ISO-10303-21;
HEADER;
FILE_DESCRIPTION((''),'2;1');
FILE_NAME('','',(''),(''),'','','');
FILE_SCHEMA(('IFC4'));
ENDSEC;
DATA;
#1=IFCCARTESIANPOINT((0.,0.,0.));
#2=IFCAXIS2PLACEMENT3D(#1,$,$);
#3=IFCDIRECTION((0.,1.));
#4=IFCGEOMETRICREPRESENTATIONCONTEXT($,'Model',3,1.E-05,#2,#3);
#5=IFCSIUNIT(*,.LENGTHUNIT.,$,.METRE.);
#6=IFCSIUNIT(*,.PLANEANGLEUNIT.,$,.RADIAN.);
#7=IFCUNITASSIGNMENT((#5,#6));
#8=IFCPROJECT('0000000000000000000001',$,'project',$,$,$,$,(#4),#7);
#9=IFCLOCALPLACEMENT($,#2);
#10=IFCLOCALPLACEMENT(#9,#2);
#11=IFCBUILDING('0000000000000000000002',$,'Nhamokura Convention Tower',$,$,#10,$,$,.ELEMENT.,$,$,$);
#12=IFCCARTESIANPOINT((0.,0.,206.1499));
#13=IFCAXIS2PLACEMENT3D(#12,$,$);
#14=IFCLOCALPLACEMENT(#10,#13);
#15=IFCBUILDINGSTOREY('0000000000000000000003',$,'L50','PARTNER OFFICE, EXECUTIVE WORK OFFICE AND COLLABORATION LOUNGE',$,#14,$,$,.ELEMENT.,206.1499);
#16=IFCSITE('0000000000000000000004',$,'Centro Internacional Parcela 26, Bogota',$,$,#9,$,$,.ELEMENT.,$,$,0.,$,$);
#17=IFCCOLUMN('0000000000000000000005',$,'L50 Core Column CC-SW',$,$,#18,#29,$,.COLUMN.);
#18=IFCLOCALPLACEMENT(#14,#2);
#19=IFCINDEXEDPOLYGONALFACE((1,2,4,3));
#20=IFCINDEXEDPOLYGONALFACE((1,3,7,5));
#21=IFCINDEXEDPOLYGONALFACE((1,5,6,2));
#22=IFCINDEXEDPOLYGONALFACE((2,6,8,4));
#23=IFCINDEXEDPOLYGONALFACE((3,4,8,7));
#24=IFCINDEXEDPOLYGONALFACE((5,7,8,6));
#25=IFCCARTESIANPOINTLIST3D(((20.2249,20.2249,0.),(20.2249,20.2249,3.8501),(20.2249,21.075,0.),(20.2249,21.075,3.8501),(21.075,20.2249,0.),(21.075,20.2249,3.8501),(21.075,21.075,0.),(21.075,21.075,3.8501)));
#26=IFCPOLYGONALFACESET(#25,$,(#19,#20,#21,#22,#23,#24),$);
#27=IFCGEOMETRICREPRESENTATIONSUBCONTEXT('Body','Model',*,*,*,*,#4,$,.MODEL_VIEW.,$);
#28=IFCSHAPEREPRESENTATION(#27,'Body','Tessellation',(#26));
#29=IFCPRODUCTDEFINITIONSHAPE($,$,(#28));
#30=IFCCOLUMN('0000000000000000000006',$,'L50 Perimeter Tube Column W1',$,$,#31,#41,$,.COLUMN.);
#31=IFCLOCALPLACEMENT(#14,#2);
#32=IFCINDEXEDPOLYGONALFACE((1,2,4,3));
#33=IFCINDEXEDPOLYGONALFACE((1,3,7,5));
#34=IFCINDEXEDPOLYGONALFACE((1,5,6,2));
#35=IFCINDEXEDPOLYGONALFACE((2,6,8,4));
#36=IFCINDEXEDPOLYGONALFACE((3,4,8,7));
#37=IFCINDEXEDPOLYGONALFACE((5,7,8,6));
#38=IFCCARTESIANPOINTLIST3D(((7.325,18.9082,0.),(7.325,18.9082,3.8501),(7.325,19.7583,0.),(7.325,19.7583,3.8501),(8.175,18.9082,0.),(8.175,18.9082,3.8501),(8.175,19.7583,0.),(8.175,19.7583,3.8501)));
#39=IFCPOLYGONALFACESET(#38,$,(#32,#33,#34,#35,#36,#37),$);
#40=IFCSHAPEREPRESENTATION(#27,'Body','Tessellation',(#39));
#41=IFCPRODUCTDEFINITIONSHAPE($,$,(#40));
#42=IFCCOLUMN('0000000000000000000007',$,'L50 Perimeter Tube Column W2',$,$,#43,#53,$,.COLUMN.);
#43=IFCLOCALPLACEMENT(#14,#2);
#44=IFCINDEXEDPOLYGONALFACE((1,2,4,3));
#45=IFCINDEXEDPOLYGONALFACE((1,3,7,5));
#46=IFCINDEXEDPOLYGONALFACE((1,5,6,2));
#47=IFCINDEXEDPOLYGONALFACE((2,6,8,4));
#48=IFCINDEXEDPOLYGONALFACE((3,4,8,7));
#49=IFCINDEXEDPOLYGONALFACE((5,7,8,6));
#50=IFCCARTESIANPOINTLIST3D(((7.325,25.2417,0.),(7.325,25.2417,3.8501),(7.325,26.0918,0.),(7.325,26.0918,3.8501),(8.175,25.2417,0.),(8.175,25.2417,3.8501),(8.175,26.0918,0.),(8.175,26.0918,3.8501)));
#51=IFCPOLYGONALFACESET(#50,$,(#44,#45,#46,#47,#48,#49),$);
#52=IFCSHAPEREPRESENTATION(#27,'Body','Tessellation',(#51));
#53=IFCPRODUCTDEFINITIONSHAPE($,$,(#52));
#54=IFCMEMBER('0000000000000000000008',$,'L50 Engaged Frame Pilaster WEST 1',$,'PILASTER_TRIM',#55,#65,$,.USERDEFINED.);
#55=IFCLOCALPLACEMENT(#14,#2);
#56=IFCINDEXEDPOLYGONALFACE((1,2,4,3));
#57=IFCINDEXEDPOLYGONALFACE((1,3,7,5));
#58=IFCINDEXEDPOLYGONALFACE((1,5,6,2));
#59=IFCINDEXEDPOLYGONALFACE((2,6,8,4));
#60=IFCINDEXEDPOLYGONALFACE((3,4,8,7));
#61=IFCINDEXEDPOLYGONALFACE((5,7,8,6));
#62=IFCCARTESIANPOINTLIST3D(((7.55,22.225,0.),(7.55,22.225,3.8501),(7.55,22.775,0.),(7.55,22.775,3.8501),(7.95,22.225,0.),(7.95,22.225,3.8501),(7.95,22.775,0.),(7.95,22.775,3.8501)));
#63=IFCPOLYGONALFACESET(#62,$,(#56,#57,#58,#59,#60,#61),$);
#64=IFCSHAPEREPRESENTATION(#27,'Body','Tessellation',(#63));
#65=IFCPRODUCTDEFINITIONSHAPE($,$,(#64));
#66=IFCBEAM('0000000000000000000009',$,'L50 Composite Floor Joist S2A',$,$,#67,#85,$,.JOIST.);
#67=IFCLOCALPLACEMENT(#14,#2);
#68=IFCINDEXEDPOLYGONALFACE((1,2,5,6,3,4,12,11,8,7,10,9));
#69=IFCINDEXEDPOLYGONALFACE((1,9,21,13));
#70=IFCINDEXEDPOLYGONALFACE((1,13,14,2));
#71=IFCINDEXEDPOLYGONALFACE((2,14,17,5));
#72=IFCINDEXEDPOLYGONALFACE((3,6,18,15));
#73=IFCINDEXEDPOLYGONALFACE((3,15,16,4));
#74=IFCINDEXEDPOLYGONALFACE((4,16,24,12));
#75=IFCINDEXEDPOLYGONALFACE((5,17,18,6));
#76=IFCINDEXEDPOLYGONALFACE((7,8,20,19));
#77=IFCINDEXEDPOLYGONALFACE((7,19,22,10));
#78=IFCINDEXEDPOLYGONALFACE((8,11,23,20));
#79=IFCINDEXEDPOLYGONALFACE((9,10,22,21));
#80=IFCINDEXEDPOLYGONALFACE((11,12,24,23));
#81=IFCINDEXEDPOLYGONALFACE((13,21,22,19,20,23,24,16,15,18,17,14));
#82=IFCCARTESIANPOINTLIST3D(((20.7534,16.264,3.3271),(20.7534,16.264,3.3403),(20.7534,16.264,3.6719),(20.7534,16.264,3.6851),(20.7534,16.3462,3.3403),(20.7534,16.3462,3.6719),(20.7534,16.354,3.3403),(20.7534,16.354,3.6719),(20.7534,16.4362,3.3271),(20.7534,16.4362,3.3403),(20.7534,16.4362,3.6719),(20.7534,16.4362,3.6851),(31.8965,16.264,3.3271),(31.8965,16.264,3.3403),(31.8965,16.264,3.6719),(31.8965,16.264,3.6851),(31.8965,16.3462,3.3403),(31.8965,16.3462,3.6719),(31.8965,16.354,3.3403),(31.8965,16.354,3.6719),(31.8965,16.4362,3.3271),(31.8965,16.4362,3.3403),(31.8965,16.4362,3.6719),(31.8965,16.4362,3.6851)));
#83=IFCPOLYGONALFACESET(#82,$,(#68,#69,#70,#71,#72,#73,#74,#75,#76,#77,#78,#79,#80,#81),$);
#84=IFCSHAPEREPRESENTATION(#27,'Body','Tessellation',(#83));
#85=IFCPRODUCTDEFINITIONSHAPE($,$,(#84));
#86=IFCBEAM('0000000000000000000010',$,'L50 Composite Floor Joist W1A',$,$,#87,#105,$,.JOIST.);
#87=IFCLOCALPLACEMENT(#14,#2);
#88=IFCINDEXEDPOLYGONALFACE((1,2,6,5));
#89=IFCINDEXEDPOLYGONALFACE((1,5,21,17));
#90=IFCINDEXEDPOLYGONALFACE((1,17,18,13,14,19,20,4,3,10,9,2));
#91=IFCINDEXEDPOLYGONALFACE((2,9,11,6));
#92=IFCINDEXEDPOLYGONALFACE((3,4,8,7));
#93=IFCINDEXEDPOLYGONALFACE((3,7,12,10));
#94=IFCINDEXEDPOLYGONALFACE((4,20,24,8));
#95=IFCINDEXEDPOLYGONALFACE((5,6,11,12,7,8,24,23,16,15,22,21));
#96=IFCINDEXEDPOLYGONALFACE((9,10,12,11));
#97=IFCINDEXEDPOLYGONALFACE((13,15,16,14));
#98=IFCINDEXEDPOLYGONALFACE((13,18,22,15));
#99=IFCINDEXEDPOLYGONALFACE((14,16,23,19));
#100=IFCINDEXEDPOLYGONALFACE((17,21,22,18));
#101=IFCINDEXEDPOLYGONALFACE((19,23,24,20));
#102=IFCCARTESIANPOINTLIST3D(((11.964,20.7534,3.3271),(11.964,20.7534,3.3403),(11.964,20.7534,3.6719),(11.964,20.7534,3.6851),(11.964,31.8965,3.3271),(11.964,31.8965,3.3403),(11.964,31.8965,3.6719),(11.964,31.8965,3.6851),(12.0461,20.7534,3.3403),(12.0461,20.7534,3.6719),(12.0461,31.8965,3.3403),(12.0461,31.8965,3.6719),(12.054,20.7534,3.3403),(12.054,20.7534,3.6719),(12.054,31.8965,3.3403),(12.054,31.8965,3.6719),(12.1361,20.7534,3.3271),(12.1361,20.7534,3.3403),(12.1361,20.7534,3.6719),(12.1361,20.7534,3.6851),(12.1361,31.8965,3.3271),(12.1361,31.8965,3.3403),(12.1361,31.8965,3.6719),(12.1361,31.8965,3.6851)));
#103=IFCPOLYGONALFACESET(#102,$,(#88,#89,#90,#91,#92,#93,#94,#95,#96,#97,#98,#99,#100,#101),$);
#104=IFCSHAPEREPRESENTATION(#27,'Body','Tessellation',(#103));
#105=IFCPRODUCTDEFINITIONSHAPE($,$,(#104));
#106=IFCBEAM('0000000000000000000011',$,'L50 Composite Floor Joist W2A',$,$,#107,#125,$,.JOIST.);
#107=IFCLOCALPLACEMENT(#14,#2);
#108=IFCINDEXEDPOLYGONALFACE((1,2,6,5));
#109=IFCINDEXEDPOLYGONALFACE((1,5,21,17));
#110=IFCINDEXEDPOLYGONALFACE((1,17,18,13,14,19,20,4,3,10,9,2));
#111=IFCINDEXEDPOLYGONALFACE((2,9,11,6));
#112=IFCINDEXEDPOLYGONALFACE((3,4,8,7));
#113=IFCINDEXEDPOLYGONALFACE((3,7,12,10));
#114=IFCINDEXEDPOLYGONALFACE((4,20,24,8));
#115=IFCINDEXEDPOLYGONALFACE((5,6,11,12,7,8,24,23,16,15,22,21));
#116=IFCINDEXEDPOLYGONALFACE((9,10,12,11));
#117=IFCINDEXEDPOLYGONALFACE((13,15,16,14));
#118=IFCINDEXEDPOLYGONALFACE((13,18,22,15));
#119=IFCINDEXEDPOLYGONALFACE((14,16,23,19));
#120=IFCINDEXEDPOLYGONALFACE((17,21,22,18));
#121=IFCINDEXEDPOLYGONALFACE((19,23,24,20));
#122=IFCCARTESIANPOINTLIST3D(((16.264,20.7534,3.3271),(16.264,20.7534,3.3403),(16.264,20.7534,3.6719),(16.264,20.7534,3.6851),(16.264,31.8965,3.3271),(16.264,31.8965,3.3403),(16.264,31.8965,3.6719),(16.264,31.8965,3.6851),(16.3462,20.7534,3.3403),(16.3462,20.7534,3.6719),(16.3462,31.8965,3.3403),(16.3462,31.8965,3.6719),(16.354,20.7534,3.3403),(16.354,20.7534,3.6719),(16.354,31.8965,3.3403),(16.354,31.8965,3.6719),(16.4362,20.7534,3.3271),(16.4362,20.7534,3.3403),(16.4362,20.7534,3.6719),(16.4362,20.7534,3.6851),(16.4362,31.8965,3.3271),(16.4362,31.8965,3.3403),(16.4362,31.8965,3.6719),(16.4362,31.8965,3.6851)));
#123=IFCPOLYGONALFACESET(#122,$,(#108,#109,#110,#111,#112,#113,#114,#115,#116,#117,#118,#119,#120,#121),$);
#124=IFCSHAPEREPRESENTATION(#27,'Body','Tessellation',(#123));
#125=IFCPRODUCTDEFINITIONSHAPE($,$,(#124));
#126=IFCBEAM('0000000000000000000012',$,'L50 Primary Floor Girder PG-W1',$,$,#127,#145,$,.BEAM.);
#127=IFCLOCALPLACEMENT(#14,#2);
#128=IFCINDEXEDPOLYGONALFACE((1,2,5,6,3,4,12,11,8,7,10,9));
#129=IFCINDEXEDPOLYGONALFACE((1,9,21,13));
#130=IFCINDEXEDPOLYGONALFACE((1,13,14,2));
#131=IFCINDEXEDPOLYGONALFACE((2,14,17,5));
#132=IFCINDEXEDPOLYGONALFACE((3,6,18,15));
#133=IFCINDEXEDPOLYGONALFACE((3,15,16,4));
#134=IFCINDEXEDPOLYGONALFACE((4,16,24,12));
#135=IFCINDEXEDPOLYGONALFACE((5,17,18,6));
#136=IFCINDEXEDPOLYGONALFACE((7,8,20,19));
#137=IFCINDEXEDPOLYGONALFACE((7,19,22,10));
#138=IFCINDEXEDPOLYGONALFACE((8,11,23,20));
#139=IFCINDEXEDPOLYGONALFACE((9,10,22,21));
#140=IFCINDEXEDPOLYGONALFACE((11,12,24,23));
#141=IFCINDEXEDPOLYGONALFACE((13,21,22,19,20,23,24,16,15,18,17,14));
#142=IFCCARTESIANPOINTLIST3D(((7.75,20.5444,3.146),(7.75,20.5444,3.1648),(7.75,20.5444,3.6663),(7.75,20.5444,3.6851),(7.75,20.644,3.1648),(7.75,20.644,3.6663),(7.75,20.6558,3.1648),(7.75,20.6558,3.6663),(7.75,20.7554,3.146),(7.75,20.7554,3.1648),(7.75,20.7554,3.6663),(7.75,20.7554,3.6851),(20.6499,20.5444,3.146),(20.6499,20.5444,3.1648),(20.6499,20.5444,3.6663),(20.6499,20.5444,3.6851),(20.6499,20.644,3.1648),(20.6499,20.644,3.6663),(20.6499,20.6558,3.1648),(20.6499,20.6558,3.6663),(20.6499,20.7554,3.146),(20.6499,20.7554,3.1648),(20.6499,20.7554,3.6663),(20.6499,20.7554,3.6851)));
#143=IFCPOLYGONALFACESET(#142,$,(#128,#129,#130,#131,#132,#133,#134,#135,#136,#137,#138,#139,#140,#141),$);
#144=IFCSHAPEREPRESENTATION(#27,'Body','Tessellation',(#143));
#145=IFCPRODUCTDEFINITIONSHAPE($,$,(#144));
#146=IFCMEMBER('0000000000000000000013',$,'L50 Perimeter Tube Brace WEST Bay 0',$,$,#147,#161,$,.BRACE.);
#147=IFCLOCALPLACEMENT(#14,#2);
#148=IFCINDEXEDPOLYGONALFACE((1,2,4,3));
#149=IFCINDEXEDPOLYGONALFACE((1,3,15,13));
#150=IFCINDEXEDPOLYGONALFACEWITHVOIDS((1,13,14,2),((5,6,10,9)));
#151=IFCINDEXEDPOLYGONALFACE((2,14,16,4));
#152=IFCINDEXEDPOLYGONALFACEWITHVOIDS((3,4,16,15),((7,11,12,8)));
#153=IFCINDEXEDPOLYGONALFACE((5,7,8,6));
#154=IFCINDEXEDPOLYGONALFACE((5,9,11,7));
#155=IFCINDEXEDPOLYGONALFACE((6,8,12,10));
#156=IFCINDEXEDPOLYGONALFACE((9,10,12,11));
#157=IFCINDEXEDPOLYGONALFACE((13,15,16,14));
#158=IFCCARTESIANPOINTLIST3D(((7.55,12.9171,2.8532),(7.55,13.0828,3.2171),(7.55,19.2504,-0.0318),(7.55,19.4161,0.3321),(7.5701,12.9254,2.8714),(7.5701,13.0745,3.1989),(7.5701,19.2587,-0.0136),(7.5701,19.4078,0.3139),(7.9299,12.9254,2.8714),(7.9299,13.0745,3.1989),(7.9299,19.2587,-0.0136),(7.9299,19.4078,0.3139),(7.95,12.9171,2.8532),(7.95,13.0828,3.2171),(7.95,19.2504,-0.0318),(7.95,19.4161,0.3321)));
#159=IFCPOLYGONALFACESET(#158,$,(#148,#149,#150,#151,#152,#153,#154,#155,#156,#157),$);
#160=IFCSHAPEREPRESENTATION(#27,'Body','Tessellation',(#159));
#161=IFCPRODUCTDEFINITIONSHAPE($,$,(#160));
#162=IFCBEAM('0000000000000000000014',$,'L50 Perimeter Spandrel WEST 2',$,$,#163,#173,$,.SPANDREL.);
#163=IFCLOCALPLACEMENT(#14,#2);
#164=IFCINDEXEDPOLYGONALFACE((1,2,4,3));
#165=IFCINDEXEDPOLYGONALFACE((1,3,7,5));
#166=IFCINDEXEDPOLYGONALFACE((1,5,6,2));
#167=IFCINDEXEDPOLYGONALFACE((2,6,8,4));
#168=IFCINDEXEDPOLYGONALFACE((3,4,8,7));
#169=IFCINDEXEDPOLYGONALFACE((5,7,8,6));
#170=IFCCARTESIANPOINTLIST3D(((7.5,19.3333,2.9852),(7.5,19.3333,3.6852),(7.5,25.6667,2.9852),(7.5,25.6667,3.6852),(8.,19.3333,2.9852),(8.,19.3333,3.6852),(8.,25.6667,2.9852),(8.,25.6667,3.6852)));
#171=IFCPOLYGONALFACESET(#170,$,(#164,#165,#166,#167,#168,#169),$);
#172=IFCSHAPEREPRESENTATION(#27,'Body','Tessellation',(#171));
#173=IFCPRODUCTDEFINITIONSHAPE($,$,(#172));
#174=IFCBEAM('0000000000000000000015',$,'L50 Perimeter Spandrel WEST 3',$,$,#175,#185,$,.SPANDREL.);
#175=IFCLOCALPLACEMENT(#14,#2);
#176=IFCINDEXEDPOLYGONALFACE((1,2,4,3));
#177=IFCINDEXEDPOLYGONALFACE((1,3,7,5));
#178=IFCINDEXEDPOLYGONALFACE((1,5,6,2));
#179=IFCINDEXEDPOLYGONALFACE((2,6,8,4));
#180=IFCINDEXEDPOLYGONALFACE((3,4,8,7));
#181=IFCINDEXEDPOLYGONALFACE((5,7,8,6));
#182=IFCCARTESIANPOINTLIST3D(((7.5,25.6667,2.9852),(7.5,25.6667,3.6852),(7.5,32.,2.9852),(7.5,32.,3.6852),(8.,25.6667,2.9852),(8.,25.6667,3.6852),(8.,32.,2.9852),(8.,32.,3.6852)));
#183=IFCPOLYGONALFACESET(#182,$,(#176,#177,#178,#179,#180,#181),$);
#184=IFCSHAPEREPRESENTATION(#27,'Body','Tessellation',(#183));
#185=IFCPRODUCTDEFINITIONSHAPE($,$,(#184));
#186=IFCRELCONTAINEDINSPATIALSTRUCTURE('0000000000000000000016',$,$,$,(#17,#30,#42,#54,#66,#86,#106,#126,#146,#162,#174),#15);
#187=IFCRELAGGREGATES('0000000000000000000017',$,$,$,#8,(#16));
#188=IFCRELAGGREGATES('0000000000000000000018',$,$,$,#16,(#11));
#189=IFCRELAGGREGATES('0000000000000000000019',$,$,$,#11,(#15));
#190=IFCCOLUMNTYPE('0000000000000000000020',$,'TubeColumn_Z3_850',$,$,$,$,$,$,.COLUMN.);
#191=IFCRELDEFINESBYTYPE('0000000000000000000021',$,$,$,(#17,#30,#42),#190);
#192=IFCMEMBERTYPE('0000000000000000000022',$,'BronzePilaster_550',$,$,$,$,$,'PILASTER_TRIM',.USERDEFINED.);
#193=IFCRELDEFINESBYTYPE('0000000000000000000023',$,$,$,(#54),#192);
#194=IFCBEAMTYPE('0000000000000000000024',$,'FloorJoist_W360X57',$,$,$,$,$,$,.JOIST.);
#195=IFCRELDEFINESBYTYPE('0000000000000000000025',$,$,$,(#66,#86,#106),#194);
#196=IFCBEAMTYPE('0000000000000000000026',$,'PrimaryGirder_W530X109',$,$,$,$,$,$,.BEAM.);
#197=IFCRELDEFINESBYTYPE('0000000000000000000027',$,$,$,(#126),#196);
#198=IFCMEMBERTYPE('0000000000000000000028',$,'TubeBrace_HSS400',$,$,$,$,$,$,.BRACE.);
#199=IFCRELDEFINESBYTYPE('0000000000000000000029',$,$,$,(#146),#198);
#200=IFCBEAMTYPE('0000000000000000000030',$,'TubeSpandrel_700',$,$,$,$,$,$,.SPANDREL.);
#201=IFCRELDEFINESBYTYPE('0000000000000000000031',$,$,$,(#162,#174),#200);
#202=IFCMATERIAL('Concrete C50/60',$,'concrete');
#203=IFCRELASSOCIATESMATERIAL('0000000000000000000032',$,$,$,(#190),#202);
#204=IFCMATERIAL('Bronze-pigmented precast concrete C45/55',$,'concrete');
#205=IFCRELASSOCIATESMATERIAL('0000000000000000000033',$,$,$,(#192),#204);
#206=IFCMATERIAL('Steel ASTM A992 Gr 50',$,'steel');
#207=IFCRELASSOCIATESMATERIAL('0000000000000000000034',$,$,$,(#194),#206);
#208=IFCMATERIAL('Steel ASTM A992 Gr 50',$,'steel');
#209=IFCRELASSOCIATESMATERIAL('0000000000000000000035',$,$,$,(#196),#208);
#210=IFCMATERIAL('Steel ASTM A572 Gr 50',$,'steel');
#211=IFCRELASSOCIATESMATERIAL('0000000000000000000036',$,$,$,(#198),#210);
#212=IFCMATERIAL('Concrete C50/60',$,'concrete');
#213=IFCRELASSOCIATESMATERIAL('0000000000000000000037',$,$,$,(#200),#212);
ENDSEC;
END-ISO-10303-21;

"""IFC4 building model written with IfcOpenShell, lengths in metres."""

from ifc_helpers import new_model, si_unit, direction, frame, origin, origin_2d, place, context, subcontext, project, spatial, rectangle, hollow_rectangle, i_section, extrude, material, material_profile, profile_set, type_object, element, save


model = new_model("IFC4")

# Units and contexts
model_context = context("Model", 3, precision=1e-05, world=origin(), true_north=direction((0.0, 1.0)))
body_context = subcontext(model_context, "Body", "Model", "MODEL_VIEW")
ifc_project = project(units=[si_unit("LENGTHUNIT", "METRE"), si_unit("PLANEANGLEUNIT", "RADIAN")], contexts=[model_context])

# Site, building, storey
site_placement = place(None, origin())
site = spatial("IfcSite", under=ifc_project, at=site_placement, Name="Centro Internacional Parcela 26, Bogota", CompositionType="ELEMENT", RefElevation=0.0)
building_placement = place(site_placement, origin())
building = spatial("IfcBuilding", under=site, at=building_placement, Name="Nhamokura Convention Tower", CompositionType="ELEMENT")
storey_placement = place(building_placement, frame((0.0, 0.0, 206.1499)))
storey = spatial("IfcBuildingStorey", under=building, at=storey_placement, Name="L50", Description="PARTNER OFFICE, EXECUTIVE WORK OFFICE AND COLLABORATION LOUNGE", CompositionType="ELEMENT", Elevation=206.1499)

# Columns
ifc_material_1 = material(Name="Concrete C50/60", Category="concrete")
ifc_material_profile_1 = material_profile(ifc_material_1, rectangle(XDim=0.8501, YDim=0.8501, at=origin_2d()))
ifc_profile_set_1 = profile_set([ifc_material_profile_1], Name="Concrete C50/60")
column_type = type_object("IfcColumnType", Name="TubeColumn_Z3_850", PredefinedType="COLUMN", material=ifc_profile_set_1)
for number, where, z_axis, x_axis, name in (
    (1, (20.6499, 20.6499, 0.0), (0.0, 0.0, 1.0), (1.0, 0.0, 0.0), "L50 Core Column CC-SW"),
    (2, (7.75, 19.3333, 0.0), (0.0, 0.0, 1.0), (1.0, 0.0, 0.0), "L50 Perimeter Tube Column W1"),
    (3, (7.75, 25.6667, 0.0), (0.0, 0.0, 1.0), (1.0, 0.0, 0.0), "L50 Perimeter Tube Column W2"),
):
    element("IfcColumn", number, at=place(storey_placement, frame(where, z_axis=z_axis, x_axis=x_axis)), inside=storey, type_object=column_type, Name=name, PredefinedType="COLUMN", context=body_context, shape_type="SweptSolid", body=[
        extrude(rectangle(XDim=0.8501, YDim=0.8501, at=origin_2d()), origin(), (0.0, 0.0, 1.0), 3.8501),
    ])

# Member
ifc_material_2 = material(Name="Bronze-pigmented precast concrete C45/55", Category="concrete")
ifc_material_profile_2 = material_profile(ifc_material_2, rectangle(XDim=0.3999, YDim=0.55, at=origin_2d()))
ifc_profile_set_2 = profile_set([ifc_material_profile_2], Name="Bronze-pigmented precast concrete C45/55")
member_type_1 = type_object("IfcMemberType", Name="BronzePilaster_550", ElementType="PILASTER_TRIM", PredefinedType="USERDEFINED", material=ifc_profile_set_2)
member_1_placement = place(storey_placement, frame((7.75, 22.5, 0.0), z_axis=(0.0, 0.0, 1.0), x_axis=(1.0, 0.0, 0.0)))
element("IfcMember", 4, at=member_1_placement, inside=storey, type_object=member_type_1, Name="L50 Engaged Frame Pilaster WEST 1", ObjectType="PILASTER_TRIM", PredefinedType="USERDEFINED", context=body_context, shape_type="SweptSolid", body=[
    extrude(rectangle(XDim=0.3999, YDim=0.55, at=origin_2d()), origin(), (0.0, 0.0, 1.0), 3.8501),
])

# Beams
ifc_material_3 = material(Name="Steel ASTM A992 Gr 50", Category="steel")
ifc_material_profile_3 = material_profile(ifc_material_3, i_section(OverallWidth=0.1721, OverallDepth=0.3579, WebThickness=0.0078, FlangeThickness=0.0132, at=origin_2d()))
ifc_profile_set_3 = profile_set([ifc_material_profile_3], Name="Steel ASTM A992 Gr 50")
beam_type_1 = type_object("IfcBeamType", Name="FloorJoist_W360X57", PredefinedType="JOIST", material=ifc_profile_set_3)
for number, where, z_axis, x_axis, name in (
    (5, (20.7534, 16.3501, 3.5061), (1.0, 0.0, 0.0), (0.0, 1.0, 0.0), "L50 Composite Floor Joist S2A"),
    (6, (12.05, 20.7534, 3.5061), (0.0, 1.0, 0.0), (-1.0, 0.0, 0.0), "L50 Composite Floor Joist W1A"),
    (7, (16.3501, 20.7534, 3.5061), (0.0, 1.0, 0.0), (-1.0, 0.0, 0.0), "L50 Composite Floor Joist W2A"),
):
    element("IfcBeam", number, at=place(storey_placement, frame(where, z_axis=z_axis, x_axis=x_axis)), inside=storey, type_object=beam_type_1, Name=name, PredefinedType="JOIST", context=body_context, shape_type="SweptSolid", body=[
        extrude(i_section(OverallWidth=0.1721, OverallDepth=0.3579, WebThickness=0.0078, FlangeThickness=0.0132, at=origin_2d()), origin(), (0.0, 0.0, 1.0), 11.1431),
    ])
ifc_material_4 = material(Name="Steel ASTM A992 Gr 50", Category="steel")
ifc_material_profile_4 = material_profile(ifc_material_4, i_section(OverallWidth=0.2109, OverallDepth=0.5391, WebThickness=0.0117, FlangeThickness=0.0188, at=origin_2d()))
ifc_profile_set_4 = profile_set([ifc_material_profile_4], Name="Steel ASTM A992 Gr 50")
beam_type_2 = type_object("IfcBeamType", Name="PrimaryGirder_W530X109", PredefinedType="BEAM", material=ifc_profile_set_4)
beam_1_placement = place(storey_placement, frame((7.75, 20.6499, 3.4155), z_axis=(1.0, 0.0, 0.0), x_axis=(0.0, 1.0, 0.0)))
element("IfcBeam", 8, at=beam_1_placement, inside=storey, type_object=beam_type_2, Name="L50 Primary Floor Girder PG-W1", PredefinedType="BEAM", context=body_context, shape_type="SweptSolid", body=[
    extrude(i_section(OverallWidth=0.2109, OverallDepth=0.5391, WebThickness=0.0117, FlangeThickness=0.0188, at=origin_2d()), origin(), (0.0, 0.0, 1.0), 12.8999),
])

# Member
ifc_material_5 = material(Name="Steel ASTM A572 Gr 50", Category="steel")
ifc_material_profile_5 = material_profile(ifc_material_5, hollow_rectangle(XDim=0.3999, YDim=0.3999, WallThickness=0.02, at=origin_2d()))
ifc_profile_set_5 = profile_set([ifc_material_profile_5], Name="Steel ASTM A572 Gr 50")
member_type_2 = type_object("IfcMemberType", Name="TubeBrace_HSS400", PredefinedType="BRACE", material=ifc_profile_set_5)
member_2_placement = place(storey_placement, frame((7.75, 19.3333, 0.1501), z_axis=(0.0, -0.910027, 0.414548), x_axis=(1.0, 0.0, 0.0)))
element("IfcMember", 9, at=member_2_placement, inside=storey, type_object=member_type_2, Name="L50 Perimeter Tube Brace WEST Bay 0", PredefinedType="BRACE", context=body_context, shape_type="SweptSolid", body=[
    extrude(hollow_rectangle(XDim=0.3999, YDim=0.3999, WallThickness=0.02, at=origin_2d()), origin(), (0.0, 0.0, 1.0), 6.9595),
])

# Beams
ifc_material_6 = material(Name="Concrete C50/60", Category="concrete")
ifc_material_profile_6 = material_profile(ifc_material_6, rectangle(XDim=0.5, YDim=0.7, at=origin_2d()))
ifc_profile_set_6 = profile_set([ifc_material_profile_6], Name="Concrete C50/60")
beam_type_3 = type_object("IfcBeamType", Name="TubeSpandrel_700", PredefinedType="SPANDREL", material=ifc_profile_set_6)
beam_2_placement = place(storey_placement, frame((7.75, 19.3333, 3.3352), z_axis=(0.0, 1.0, 0.0), x_axis=(-1.0, 0.0, 0.0)))
element("IfcBeam", 10, at=beam_2_placement, inside=storey, type_object=beam_type_3, Name="L50 Perimeter Spandrel WEST 2", PredefinedType="SPANDREL", context=body_context, shape_type="SweptSolid", body=[
    extrude(rectangle(XDim=0.5, YDim=0.7, at=origin_2d()), origin(), (0.0, 0.0, 1.0), 6.3335),
])
beam_3_placement = place(storey_placement, frame((7.75, 25.6667, 3.3352), z_axis=(0.0, 1.0, 0.0), x_axis=(-1.0, 0.0, 0.0)))
element("IfcBeam", 11, at=beam_3_placement, inside=storey, type_object=beam_type_3, Name="L50 Perimeter Spandrel WEST 3", PredefinedType="SPANDREL", context=body_context, shape_type="SweptSolid", body=[
    extrude(rectangle(XDim=0.5, YDim=0.7, at=origin_2d()), origin(), (0.0, 0.0, 1.0), 6.3333),
])

save(model, "model.ifc")
